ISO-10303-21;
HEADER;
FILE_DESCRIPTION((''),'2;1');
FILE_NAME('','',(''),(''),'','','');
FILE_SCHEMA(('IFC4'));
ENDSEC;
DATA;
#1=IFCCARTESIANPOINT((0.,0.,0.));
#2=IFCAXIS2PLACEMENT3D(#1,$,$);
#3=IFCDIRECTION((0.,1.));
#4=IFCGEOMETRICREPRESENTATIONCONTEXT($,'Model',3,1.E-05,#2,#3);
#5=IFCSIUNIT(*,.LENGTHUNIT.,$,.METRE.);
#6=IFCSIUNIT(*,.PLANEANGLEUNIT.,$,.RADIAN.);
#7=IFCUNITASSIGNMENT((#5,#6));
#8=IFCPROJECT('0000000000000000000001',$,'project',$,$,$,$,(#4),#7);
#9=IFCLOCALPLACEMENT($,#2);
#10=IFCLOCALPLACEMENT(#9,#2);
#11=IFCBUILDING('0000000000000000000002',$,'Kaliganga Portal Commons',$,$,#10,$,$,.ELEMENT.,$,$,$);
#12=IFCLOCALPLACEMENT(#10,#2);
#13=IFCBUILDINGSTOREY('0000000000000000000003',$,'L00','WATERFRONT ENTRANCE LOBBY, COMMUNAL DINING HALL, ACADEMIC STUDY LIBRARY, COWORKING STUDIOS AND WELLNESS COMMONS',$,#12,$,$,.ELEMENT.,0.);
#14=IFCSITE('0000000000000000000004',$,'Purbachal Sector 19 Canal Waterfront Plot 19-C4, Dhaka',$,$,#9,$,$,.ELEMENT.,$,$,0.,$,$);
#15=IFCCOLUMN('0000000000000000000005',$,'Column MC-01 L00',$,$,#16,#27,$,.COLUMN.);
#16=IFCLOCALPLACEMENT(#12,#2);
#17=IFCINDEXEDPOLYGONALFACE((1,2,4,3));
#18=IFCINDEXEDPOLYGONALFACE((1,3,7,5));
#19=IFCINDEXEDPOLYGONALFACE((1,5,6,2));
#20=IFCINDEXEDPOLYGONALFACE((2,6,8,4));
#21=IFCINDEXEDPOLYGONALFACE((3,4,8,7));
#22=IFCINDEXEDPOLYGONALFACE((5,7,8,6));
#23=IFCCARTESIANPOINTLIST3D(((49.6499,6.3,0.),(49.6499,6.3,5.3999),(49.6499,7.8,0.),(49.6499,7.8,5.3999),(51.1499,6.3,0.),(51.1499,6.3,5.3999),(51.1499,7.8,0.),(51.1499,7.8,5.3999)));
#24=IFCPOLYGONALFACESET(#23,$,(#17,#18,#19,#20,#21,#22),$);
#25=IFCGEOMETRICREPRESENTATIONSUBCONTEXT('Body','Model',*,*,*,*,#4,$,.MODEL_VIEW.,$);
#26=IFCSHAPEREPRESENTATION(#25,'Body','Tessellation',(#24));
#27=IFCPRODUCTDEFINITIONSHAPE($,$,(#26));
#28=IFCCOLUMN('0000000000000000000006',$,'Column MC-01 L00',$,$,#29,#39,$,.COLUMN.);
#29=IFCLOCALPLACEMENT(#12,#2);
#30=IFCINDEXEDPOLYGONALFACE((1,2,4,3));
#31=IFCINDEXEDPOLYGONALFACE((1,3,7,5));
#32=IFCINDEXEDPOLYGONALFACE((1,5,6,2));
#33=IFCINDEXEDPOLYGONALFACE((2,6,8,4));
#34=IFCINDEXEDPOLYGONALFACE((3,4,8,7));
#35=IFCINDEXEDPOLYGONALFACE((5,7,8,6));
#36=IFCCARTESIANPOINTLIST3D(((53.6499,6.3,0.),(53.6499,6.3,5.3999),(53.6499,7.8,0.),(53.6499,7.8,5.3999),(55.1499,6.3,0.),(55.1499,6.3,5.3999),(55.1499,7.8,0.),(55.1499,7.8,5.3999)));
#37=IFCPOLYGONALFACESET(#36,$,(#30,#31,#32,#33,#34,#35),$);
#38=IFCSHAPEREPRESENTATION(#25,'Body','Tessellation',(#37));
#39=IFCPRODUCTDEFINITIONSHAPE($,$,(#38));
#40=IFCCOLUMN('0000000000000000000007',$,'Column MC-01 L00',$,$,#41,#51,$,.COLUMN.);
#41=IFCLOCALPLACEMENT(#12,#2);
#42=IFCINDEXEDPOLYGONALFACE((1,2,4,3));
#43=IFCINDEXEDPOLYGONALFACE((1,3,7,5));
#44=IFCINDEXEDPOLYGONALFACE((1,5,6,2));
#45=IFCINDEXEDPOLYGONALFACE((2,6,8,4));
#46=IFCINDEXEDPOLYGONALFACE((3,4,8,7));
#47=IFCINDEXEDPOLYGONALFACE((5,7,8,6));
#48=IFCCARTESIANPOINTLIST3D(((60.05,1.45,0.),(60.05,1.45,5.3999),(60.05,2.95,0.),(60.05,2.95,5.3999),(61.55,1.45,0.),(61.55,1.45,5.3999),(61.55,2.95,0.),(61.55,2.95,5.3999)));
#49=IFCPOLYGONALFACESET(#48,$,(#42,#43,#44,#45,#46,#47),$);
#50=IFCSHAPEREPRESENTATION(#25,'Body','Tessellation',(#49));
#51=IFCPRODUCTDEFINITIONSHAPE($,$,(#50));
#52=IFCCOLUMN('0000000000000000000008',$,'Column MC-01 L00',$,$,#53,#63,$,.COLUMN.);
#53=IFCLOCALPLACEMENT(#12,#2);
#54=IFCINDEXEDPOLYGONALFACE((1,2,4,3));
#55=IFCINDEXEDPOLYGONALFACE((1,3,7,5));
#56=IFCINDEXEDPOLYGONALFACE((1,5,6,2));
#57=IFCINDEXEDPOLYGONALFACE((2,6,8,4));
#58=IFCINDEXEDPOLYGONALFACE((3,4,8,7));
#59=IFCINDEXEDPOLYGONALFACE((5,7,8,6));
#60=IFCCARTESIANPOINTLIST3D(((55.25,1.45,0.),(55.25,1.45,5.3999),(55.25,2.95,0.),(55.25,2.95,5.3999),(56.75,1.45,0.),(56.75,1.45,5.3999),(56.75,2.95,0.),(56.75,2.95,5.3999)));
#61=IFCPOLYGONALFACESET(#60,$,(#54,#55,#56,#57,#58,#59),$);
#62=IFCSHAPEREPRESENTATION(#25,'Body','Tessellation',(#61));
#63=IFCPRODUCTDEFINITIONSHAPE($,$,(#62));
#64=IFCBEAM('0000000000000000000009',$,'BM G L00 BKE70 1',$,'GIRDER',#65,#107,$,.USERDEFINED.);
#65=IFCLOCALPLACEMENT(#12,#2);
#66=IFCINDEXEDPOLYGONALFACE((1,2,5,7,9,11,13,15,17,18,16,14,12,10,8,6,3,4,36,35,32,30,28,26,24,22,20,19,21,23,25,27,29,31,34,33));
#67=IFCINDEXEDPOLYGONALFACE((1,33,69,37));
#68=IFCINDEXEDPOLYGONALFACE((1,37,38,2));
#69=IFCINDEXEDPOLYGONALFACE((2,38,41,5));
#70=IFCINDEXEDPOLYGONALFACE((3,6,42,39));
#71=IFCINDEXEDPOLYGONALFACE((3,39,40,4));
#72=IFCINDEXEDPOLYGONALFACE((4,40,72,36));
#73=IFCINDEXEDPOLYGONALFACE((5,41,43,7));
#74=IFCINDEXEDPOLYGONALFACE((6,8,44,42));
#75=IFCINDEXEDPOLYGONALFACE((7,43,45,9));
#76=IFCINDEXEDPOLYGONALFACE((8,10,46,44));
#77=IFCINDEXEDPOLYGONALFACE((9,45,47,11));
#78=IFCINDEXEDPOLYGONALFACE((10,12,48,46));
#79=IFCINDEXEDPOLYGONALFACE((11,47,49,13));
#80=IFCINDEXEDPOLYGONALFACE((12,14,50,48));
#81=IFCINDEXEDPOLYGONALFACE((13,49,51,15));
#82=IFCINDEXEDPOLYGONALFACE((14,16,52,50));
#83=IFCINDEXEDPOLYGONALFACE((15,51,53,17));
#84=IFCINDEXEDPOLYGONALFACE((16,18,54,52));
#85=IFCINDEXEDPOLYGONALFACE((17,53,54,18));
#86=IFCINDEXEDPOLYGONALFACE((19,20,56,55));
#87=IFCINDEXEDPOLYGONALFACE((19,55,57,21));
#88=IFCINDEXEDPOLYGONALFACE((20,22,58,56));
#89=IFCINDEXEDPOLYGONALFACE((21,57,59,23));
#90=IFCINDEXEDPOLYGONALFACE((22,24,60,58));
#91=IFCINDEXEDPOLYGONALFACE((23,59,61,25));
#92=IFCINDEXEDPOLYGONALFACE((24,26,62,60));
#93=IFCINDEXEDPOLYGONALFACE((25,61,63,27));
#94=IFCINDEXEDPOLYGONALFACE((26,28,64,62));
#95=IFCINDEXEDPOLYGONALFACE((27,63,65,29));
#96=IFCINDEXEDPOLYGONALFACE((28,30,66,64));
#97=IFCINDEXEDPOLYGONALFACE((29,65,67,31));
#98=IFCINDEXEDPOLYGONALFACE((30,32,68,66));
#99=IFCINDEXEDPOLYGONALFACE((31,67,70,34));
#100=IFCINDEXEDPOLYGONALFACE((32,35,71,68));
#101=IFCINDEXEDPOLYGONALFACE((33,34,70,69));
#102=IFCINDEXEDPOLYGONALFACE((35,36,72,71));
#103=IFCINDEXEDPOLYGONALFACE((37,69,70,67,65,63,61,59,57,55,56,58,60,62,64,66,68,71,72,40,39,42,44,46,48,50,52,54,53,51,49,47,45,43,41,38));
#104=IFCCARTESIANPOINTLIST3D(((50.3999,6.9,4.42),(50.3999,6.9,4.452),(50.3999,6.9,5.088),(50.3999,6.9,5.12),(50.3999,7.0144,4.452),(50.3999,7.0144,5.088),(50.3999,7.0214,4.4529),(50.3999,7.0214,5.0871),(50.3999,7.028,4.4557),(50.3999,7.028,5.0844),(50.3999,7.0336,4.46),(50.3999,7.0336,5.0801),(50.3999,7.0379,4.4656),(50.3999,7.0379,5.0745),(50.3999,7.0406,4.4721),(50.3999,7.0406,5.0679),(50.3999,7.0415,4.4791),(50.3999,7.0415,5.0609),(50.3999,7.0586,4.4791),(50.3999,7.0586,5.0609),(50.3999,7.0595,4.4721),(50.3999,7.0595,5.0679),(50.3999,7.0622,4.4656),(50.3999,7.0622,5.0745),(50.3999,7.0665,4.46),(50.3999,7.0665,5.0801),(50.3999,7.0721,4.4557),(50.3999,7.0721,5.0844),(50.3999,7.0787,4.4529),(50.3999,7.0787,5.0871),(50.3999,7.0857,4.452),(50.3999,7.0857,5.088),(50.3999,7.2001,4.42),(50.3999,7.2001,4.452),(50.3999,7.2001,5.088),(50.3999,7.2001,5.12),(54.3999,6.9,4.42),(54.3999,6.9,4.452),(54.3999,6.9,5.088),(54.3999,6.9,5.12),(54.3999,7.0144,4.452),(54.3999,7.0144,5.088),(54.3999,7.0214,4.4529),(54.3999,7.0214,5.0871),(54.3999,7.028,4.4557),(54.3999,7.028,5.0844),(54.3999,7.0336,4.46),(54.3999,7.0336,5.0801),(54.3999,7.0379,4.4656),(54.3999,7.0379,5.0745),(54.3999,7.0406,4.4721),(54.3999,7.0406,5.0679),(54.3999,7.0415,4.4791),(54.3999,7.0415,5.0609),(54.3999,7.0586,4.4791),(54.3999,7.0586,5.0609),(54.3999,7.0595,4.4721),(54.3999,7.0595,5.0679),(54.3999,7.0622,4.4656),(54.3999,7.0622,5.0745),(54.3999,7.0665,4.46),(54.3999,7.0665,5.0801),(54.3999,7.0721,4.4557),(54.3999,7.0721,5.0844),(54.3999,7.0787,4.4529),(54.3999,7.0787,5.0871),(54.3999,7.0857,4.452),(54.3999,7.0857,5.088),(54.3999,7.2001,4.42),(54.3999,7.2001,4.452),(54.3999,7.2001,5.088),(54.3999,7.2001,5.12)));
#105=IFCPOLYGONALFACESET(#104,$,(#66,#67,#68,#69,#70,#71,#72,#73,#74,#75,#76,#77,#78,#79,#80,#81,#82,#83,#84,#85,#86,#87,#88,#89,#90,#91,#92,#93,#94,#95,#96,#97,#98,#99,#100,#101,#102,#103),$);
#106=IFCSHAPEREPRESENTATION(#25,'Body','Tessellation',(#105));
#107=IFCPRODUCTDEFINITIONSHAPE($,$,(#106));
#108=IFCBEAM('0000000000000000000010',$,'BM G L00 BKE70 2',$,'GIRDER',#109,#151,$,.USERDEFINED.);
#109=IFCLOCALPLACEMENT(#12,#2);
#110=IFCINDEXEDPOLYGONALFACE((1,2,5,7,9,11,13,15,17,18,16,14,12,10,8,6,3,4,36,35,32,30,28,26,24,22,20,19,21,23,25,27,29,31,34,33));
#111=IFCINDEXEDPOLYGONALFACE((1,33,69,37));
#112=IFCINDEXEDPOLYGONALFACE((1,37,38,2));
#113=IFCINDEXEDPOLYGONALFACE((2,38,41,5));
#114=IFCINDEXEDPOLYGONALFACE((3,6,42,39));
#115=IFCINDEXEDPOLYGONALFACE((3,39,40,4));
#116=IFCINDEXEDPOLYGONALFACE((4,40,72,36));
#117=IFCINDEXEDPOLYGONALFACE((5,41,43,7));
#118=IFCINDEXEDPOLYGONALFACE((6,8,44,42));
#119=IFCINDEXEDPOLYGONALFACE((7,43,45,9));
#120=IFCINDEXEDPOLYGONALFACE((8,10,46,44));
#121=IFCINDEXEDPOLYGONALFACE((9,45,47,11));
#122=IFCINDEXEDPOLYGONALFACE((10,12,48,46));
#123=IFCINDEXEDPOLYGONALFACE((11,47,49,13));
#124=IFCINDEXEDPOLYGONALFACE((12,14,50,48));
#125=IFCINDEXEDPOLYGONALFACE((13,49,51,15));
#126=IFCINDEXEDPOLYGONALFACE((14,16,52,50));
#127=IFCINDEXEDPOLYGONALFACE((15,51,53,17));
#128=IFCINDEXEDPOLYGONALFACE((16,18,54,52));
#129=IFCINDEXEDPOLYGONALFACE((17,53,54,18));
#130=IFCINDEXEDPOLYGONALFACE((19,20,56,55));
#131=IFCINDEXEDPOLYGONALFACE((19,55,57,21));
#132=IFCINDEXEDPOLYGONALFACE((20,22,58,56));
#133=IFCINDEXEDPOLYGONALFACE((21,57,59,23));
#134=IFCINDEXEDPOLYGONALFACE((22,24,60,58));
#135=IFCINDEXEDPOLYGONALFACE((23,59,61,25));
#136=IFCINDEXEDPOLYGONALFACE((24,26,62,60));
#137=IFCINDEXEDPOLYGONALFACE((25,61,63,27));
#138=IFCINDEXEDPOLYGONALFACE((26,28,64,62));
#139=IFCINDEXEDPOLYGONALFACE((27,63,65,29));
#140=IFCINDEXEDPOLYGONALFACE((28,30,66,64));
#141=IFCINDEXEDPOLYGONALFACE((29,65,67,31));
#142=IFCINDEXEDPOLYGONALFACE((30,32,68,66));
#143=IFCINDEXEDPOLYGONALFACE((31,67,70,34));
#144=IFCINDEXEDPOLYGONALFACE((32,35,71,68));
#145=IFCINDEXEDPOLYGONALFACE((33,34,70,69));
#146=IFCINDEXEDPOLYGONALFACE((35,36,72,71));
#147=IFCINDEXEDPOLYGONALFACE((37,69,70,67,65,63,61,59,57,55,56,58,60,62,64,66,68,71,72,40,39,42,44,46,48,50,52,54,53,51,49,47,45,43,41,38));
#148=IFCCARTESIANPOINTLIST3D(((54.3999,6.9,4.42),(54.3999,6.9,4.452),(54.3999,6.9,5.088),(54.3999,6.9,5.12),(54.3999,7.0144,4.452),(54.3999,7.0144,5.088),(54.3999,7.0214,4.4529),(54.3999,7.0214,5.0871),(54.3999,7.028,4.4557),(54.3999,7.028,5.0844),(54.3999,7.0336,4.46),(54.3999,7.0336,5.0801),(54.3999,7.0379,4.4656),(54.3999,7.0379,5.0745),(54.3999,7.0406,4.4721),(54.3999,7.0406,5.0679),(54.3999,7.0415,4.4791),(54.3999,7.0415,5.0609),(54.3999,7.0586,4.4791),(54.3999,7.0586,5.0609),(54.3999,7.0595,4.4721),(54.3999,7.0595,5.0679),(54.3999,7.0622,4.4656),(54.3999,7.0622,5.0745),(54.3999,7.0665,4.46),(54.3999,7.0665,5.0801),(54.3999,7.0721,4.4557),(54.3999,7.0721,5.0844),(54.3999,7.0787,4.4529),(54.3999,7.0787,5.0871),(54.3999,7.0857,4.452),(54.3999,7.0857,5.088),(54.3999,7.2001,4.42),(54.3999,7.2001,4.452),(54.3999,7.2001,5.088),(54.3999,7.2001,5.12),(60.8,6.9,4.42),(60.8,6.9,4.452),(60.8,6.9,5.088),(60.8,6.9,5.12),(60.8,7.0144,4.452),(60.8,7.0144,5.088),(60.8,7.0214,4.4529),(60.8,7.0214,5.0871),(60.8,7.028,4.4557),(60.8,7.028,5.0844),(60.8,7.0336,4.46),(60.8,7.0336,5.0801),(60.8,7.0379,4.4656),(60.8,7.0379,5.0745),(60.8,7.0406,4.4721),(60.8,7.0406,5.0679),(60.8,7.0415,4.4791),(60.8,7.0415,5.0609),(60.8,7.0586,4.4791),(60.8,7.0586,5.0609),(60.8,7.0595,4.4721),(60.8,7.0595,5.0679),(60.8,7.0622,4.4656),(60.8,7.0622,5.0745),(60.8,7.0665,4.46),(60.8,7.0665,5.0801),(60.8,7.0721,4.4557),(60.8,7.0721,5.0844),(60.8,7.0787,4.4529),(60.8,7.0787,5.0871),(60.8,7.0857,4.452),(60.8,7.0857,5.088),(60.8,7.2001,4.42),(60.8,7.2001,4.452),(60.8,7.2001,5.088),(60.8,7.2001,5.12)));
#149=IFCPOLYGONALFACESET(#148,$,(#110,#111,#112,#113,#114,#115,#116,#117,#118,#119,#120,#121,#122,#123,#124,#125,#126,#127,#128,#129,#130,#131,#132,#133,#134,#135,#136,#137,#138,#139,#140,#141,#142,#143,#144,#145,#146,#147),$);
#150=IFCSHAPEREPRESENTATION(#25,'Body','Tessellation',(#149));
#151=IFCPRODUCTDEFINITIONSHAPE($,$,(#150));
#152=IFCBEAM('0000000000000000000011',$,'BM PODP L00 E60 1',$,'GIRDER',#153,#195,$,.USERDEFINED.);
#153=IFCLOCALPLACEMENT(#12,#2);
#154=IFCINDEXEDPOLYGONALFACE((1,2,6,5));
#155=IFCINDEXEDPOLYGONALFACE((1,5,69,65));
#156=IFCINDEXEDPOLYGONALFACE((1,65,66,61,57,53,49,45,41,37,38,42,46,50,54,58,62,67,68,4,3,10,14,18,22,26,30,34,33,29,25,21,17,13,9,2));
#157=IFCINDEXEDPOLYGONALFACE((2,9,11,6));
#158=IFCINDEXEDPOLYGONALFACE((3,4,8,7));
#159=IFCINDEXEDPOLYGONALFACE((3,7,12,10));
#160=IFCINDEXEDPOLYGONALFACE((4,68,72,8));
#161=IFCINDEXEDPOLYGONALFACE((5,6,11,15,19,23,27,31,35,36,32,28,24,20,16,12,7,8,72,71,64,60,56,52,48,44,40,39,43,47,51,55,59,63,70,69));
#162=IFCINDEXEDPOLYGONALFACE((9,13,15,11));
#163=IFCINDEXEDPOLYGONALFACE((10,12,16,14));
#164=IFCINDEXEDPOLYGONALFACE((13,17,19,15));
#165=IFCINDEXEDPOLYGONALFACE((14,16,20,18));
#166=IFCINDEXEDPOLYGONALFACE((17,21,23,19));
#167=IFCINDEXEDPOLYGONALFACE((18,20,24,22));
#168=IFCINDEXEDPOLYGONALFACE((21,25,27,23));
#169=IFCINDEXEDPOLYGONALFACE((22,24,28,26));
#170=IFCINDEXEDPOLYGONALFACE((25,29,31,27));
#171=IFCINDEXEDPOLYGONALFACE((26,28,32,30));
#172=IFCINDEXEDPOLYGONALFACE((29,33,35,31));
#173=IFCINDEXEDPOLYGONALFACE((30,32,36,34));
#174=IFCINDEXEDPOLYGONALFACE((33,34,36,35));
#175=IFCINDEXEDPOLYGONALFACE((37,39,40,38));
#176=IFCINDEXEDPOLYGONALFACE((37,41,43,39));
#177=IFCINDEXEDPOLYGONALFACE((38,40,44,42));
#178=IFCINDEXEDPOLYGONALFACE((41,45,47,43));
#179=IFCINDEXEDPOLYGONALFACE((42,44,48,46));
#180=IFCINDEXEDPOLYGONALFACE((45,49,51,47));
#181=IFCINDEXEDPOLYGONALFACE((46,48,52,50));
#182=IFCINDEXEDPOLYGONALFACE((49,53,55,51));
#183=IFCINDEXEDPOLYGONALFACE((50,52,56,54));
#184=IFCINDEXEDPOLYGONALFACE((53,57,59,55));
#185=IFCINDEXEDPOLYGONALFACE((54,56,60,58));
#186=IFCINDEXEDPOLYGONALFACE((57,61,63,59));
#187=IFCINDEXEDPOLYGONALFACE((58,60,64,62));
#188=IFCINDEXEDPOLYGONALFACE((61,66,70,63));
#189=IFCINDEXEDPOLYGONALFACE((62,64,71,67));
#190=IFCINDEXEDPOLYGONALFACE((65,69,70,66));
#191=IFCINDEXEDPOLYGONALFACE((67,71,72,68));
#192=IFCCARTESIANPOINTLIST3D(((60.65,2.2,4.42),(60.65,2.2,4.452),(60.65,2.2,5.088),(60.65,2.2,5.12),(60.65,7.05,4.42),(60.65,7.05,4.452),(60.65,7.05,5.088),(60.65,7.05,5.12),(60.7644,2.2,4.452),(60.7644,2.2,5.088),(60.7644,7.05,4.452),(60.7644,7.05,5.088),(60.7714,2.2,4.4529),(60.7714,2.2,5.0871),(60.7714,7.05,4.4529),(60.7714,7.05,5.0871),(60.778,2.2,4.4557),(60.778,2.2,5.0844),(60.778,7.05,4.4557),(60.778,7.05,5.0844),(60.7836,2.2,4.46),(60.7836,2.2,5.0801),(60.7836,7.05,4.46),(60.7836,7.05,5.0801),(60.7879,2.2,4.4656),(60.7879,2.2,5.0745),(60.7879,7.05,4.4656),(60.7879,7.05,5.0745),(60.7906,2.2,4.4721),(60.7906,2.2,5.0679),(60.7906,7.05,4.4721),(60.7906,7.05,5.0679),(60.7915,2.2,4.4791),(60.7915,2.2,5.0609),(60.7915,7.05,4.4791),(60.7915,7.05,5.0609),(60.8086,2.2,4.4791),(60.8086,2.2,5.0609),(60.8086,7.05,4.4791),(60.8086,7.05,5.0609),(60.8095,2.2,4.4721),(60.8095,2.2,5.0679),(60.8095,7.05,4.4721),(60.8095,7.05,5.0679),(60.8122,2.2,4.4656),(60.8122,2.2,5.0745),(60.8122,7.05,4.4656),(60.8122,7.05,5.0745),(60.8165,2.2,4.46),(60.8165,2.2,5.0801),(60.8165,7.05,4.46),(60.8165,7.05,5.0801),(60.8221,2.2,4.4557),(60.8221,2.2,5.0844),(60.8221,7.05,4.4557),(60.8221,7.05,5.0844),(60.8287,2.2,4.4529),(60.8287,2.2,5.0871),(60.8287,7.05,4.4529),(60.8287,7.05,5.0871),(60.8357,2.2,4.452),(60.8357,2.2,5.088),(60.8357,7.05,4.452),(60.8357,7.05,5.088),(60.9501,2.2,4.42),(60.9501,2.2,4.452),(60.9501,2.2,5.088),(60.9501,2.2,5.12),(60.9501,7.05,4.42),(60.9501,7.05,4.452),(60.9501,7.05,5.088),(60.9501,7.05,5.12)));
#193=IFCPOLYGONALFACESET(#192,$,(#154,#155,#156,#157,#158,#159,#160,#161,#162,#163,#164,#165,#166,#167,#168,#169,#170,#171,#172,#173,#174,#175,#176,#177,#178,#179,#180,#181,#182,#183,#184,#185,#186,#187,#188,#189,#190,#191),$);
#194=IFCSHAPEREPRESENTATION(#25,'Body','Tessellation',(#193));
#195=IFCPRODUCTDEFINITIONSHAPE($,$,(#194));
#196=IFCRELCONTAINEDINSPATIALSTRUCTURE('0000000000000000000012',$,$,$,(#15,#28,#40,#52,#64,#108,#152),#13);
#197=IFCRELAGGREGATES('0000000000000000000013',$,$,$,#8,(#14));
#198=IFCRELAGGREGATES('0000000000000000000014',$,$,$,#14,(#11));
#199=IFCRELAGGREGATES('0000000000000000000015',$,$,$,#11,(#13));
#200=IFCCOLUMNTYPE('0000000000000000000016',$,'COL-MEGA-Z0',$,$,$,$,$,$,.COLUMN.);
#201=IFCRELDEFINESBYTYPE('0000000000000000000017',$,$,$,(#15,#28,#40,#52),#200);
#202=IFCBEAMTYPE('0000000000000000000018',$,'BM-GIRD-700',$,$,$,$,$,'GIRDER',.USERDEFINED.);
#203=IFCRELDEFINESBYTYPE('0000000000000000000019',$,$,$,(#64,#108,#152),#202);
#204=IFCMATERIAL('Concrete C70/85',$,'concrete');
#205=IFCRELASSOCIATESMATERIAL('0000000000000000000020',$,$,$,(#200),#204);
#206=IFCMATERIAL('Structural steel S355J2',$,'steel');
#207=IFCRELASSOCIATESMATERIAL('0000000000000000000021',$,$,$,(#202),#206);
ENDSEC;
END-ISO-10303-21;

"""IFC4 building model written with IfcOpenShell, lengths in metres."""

from ifc_helpers import new_model, si_unit, direction, frame, origin, origin_2d, place, context, subcontext, project, spatial, rectangle, i_section, extrude, source, transform, mapped, material, material_profile, profile_set, type_object, element, save


model = new_model("IFC4")

# Units and contexts
model_context = context("Model", 3, precision=1e-05, world=origin(), true_north=direction((0.0, 1.0)))
body_context = subcontext(model_context, "Body", "Model", "MODEL_VIEW")
ifc_project = project(units=[si_unit("LENGTHUNIT", "METRE"), si_unit("PLANEANGLEUNIT", "RADIAN")], contexts=[model_context])

# Site, building, storey
site_placement = place(None, origin())
site = spatial("IfcSite", under=ifc_project, at=site_placement, Name="Purbachal Sector 19 Canal Waterfront Plot 19-C4, Dhaka", CompositionType="ELEMENT", RefElevation=0.0)
building_placement = place(site_placement, origin())
building = spatial("IfcBuilding", under=site, at=building_placement, Name="Kaliganga Portal Commons", CompositionType="ELEMENT")
storey_placement = place(building_placement, origin())
storey = spatial("IfcBuildingStorey", under=building, at=storey_placement, Name="L00", Description="WATERFRONT ENTRANCE LOBBY, COMMUNAL DINING HALL, ACADEMIC STUDY LIBRARY, COWORKING STUDIOS AND WELLNESS COMMONS", CompositionType="ELEMENT", Elevation=0.0)

# Columns
ifc_material_1 = material(Name="Concrete C70/85", Category="concrete")
ifc_material_profile_1 = material_profile(ifc_material_1, rectangle(XDim=1.5, YDim=1.5, at=origin_2d()), Name="RC 1500x1500")
ifc_profile_set_1 = profile_set([ifc_material_profile_1], Name="Concrete C70/85")
column_type = type_object("IfcColumnType", Name="COL-MEGA-Z0", PredefinedType="COLUMN", material=ifc_profile_set_1)
shared_shape_1 = source(origin(), body_context, "Body", "SweptSolid", [
    extrude(rectangle(XDim=1.5, YDim=1.5, at=origin_2d()), origin(), (0.0, 0.0, 1.0), 5.3999),
])
for number, where, z_axis, x_axis, name in (
    (1, (50.3999, 7.05, 0.0), (0.0, 0.0, 1.0), (1.0, 0.0, 0.0), "Column MC-01 L00"),
    (2, (54.3999, 7.05, 0.0), (0.0, 0.0, 1.0), (1.0, 0.0, 0.0), "Column MC-01 L00"),
    (3, (60.8, 2.2, 0.0), (0.0, 0.0, 1.0), (1.0, 0.0, 0.0), "Column MC-01 L00"),
    (4, (56.0, 2.2, 0.0), (0.0, 0.0, 1.0), (1.0, 0.0, 0.0), "Column MC-01 L00"),
):
    element("IfcColumn", number, at=place(storey_placement, frame(where, z_axis=z_axis, x_axis=x_axis)), inside=storey, type_object=column_type, Name=name, PredefinedType="COLUMN", context=body_context, shape_type="MappedRepresentation", body=[
        mapped(shared_shape_1, transform((0.0, 0.0, 0.0), x_axis=(1.0, 0.0, 0.0), y_axis=(0.0, 1.0, 0.0), z_axis=(0.0, 0.0, 1.0), scale=1.0)),
    ])

# Beams
ifc_material_2 = material(Name="Structural steel S355J2", Category="steel")
ifc_material_profile_2 = material_profile(ifc_material_2, i_section(OverallWidth=0.3, OverallDepth=0.7, WebThickness=0.0171, FlangeThickness=0.032, FilletRadius=0.0271, at=origin_2d()), Name="HE 700 B")
ifc_profile_set_2 = profile_set([ifc_material_profile_2], Name="Structural steel S355J2 wide-flange")
beam_type = type_object("IfcBeamType", Name="BM-GIRD-700", ElementType="GIRDER", PredefinedType="USERDEFINED", material=ifc_profile_set_2)
shared_shape_2 = source(origin(), body_context, "Body", "SweptSolid", [
    extrude(i_section(OverallWidth=0.3, OverallDepth=0.7, WebThickness=0.0171, FlangeThickness=0.032, FilletRadius=0.0271, at=origin_2d()), origin(), (0.0, 0.0, 1.0), 4.0),
])
beam_1_placement = place(storey_placement, frame((50.3999, 7.05, 4.77), z_axis=(1.0, 0.0, 0.0), x_axis=(0.0, 1.0, 0.0)))
element("IfcBeam", 5, at=beam_1_placement, inside=storey, type_object=beam_type, Name="BM G L00 BKE70 1", ObjectType="GIRDER", PredefinedType="USERDEFINED", context=body_context, shape_type="MappedRepresentation", body=[
    mapped(shared_shape_2, transform((0.0, 0.0, 0.0), x_axis=(1.0, 0.0, 0.0), y_axis=(0.0, 1.0, 0.0), z_axis=(0.0, 0.0, 1.0), scale=1.0)),
])
shared_shape_3 = source(origin(), body_context, "Body", "SweptSolid", [
    extrude(i_section(OverallWidth=0.3, OverallDepth=0.7, WebThickness=0.0171, FlangeThickness=0.032, FilletRadius=0.0271, at=origin_2d()), origin(), (0.0, 0.0, 1.0), 6.4001),
])
beam_2_placement = place(storey_placement, frame((54.3999, 7.05, 4.77), z_axis=(1.0, 0.0, 0.0), x_axis=(0.0, 1.0, 0.0)))
element("IfcBeam", 6, at=beam_2_placement, inside=storey, type_object=beam_type, Name="BM G L00 BKE70 2", ObjectType="GIRDER", PredefinedType="USERDEFINED", context=body_context, shape_type="MappedRepresentation", body=[
    mapped(shared_shape_3, transform((0.0, 0.0, 0.0), x_axis=(1.0, 0.0, 0.0), y_axis=(0.0, 1.0, 0.0), z_axis=(0.0, 0.0, 1.0), scale=1.0)),
])
shared_shape_4 = source(origin(), body_context, "Body", "SweptSolid", [
    extrude(i_section(OverallWidth=0.3, OverallDepth=0.7, WebThickness=0.0171, FlangeThickness=0.032, FilletRadius=0.0271, at=origin_2d()), origin(), (0.0, 0.0, 1.0), 4.8501),
])
beam_3_placement = place(storey_placement, frame((60.8, 2.2, 4.77), z_axis=(0.0, 1.0, 0.0), x_axis=(-1.0, 0.0, 0.0)))
element("IfcBeam", 7, at=beam_3_placement, inside=storey, type_object=beam_type, Name="BM PODP L00 E60 1", ObjectType="GIRDER", PredefinedType="USERDEFINED", context=body_context, shape_type="MappedRepresentation", body=[
    mapped(shared_shape_4, transform((0.0, 0.0, 0.0), x_axis=(1.0, 0.0, 0.0), y_axis=(0.0, 1.0, 0.0), z_axis=(0.0, 0.0, 1.0), scale=1.0)),
])

save(model, "model.ifc")
